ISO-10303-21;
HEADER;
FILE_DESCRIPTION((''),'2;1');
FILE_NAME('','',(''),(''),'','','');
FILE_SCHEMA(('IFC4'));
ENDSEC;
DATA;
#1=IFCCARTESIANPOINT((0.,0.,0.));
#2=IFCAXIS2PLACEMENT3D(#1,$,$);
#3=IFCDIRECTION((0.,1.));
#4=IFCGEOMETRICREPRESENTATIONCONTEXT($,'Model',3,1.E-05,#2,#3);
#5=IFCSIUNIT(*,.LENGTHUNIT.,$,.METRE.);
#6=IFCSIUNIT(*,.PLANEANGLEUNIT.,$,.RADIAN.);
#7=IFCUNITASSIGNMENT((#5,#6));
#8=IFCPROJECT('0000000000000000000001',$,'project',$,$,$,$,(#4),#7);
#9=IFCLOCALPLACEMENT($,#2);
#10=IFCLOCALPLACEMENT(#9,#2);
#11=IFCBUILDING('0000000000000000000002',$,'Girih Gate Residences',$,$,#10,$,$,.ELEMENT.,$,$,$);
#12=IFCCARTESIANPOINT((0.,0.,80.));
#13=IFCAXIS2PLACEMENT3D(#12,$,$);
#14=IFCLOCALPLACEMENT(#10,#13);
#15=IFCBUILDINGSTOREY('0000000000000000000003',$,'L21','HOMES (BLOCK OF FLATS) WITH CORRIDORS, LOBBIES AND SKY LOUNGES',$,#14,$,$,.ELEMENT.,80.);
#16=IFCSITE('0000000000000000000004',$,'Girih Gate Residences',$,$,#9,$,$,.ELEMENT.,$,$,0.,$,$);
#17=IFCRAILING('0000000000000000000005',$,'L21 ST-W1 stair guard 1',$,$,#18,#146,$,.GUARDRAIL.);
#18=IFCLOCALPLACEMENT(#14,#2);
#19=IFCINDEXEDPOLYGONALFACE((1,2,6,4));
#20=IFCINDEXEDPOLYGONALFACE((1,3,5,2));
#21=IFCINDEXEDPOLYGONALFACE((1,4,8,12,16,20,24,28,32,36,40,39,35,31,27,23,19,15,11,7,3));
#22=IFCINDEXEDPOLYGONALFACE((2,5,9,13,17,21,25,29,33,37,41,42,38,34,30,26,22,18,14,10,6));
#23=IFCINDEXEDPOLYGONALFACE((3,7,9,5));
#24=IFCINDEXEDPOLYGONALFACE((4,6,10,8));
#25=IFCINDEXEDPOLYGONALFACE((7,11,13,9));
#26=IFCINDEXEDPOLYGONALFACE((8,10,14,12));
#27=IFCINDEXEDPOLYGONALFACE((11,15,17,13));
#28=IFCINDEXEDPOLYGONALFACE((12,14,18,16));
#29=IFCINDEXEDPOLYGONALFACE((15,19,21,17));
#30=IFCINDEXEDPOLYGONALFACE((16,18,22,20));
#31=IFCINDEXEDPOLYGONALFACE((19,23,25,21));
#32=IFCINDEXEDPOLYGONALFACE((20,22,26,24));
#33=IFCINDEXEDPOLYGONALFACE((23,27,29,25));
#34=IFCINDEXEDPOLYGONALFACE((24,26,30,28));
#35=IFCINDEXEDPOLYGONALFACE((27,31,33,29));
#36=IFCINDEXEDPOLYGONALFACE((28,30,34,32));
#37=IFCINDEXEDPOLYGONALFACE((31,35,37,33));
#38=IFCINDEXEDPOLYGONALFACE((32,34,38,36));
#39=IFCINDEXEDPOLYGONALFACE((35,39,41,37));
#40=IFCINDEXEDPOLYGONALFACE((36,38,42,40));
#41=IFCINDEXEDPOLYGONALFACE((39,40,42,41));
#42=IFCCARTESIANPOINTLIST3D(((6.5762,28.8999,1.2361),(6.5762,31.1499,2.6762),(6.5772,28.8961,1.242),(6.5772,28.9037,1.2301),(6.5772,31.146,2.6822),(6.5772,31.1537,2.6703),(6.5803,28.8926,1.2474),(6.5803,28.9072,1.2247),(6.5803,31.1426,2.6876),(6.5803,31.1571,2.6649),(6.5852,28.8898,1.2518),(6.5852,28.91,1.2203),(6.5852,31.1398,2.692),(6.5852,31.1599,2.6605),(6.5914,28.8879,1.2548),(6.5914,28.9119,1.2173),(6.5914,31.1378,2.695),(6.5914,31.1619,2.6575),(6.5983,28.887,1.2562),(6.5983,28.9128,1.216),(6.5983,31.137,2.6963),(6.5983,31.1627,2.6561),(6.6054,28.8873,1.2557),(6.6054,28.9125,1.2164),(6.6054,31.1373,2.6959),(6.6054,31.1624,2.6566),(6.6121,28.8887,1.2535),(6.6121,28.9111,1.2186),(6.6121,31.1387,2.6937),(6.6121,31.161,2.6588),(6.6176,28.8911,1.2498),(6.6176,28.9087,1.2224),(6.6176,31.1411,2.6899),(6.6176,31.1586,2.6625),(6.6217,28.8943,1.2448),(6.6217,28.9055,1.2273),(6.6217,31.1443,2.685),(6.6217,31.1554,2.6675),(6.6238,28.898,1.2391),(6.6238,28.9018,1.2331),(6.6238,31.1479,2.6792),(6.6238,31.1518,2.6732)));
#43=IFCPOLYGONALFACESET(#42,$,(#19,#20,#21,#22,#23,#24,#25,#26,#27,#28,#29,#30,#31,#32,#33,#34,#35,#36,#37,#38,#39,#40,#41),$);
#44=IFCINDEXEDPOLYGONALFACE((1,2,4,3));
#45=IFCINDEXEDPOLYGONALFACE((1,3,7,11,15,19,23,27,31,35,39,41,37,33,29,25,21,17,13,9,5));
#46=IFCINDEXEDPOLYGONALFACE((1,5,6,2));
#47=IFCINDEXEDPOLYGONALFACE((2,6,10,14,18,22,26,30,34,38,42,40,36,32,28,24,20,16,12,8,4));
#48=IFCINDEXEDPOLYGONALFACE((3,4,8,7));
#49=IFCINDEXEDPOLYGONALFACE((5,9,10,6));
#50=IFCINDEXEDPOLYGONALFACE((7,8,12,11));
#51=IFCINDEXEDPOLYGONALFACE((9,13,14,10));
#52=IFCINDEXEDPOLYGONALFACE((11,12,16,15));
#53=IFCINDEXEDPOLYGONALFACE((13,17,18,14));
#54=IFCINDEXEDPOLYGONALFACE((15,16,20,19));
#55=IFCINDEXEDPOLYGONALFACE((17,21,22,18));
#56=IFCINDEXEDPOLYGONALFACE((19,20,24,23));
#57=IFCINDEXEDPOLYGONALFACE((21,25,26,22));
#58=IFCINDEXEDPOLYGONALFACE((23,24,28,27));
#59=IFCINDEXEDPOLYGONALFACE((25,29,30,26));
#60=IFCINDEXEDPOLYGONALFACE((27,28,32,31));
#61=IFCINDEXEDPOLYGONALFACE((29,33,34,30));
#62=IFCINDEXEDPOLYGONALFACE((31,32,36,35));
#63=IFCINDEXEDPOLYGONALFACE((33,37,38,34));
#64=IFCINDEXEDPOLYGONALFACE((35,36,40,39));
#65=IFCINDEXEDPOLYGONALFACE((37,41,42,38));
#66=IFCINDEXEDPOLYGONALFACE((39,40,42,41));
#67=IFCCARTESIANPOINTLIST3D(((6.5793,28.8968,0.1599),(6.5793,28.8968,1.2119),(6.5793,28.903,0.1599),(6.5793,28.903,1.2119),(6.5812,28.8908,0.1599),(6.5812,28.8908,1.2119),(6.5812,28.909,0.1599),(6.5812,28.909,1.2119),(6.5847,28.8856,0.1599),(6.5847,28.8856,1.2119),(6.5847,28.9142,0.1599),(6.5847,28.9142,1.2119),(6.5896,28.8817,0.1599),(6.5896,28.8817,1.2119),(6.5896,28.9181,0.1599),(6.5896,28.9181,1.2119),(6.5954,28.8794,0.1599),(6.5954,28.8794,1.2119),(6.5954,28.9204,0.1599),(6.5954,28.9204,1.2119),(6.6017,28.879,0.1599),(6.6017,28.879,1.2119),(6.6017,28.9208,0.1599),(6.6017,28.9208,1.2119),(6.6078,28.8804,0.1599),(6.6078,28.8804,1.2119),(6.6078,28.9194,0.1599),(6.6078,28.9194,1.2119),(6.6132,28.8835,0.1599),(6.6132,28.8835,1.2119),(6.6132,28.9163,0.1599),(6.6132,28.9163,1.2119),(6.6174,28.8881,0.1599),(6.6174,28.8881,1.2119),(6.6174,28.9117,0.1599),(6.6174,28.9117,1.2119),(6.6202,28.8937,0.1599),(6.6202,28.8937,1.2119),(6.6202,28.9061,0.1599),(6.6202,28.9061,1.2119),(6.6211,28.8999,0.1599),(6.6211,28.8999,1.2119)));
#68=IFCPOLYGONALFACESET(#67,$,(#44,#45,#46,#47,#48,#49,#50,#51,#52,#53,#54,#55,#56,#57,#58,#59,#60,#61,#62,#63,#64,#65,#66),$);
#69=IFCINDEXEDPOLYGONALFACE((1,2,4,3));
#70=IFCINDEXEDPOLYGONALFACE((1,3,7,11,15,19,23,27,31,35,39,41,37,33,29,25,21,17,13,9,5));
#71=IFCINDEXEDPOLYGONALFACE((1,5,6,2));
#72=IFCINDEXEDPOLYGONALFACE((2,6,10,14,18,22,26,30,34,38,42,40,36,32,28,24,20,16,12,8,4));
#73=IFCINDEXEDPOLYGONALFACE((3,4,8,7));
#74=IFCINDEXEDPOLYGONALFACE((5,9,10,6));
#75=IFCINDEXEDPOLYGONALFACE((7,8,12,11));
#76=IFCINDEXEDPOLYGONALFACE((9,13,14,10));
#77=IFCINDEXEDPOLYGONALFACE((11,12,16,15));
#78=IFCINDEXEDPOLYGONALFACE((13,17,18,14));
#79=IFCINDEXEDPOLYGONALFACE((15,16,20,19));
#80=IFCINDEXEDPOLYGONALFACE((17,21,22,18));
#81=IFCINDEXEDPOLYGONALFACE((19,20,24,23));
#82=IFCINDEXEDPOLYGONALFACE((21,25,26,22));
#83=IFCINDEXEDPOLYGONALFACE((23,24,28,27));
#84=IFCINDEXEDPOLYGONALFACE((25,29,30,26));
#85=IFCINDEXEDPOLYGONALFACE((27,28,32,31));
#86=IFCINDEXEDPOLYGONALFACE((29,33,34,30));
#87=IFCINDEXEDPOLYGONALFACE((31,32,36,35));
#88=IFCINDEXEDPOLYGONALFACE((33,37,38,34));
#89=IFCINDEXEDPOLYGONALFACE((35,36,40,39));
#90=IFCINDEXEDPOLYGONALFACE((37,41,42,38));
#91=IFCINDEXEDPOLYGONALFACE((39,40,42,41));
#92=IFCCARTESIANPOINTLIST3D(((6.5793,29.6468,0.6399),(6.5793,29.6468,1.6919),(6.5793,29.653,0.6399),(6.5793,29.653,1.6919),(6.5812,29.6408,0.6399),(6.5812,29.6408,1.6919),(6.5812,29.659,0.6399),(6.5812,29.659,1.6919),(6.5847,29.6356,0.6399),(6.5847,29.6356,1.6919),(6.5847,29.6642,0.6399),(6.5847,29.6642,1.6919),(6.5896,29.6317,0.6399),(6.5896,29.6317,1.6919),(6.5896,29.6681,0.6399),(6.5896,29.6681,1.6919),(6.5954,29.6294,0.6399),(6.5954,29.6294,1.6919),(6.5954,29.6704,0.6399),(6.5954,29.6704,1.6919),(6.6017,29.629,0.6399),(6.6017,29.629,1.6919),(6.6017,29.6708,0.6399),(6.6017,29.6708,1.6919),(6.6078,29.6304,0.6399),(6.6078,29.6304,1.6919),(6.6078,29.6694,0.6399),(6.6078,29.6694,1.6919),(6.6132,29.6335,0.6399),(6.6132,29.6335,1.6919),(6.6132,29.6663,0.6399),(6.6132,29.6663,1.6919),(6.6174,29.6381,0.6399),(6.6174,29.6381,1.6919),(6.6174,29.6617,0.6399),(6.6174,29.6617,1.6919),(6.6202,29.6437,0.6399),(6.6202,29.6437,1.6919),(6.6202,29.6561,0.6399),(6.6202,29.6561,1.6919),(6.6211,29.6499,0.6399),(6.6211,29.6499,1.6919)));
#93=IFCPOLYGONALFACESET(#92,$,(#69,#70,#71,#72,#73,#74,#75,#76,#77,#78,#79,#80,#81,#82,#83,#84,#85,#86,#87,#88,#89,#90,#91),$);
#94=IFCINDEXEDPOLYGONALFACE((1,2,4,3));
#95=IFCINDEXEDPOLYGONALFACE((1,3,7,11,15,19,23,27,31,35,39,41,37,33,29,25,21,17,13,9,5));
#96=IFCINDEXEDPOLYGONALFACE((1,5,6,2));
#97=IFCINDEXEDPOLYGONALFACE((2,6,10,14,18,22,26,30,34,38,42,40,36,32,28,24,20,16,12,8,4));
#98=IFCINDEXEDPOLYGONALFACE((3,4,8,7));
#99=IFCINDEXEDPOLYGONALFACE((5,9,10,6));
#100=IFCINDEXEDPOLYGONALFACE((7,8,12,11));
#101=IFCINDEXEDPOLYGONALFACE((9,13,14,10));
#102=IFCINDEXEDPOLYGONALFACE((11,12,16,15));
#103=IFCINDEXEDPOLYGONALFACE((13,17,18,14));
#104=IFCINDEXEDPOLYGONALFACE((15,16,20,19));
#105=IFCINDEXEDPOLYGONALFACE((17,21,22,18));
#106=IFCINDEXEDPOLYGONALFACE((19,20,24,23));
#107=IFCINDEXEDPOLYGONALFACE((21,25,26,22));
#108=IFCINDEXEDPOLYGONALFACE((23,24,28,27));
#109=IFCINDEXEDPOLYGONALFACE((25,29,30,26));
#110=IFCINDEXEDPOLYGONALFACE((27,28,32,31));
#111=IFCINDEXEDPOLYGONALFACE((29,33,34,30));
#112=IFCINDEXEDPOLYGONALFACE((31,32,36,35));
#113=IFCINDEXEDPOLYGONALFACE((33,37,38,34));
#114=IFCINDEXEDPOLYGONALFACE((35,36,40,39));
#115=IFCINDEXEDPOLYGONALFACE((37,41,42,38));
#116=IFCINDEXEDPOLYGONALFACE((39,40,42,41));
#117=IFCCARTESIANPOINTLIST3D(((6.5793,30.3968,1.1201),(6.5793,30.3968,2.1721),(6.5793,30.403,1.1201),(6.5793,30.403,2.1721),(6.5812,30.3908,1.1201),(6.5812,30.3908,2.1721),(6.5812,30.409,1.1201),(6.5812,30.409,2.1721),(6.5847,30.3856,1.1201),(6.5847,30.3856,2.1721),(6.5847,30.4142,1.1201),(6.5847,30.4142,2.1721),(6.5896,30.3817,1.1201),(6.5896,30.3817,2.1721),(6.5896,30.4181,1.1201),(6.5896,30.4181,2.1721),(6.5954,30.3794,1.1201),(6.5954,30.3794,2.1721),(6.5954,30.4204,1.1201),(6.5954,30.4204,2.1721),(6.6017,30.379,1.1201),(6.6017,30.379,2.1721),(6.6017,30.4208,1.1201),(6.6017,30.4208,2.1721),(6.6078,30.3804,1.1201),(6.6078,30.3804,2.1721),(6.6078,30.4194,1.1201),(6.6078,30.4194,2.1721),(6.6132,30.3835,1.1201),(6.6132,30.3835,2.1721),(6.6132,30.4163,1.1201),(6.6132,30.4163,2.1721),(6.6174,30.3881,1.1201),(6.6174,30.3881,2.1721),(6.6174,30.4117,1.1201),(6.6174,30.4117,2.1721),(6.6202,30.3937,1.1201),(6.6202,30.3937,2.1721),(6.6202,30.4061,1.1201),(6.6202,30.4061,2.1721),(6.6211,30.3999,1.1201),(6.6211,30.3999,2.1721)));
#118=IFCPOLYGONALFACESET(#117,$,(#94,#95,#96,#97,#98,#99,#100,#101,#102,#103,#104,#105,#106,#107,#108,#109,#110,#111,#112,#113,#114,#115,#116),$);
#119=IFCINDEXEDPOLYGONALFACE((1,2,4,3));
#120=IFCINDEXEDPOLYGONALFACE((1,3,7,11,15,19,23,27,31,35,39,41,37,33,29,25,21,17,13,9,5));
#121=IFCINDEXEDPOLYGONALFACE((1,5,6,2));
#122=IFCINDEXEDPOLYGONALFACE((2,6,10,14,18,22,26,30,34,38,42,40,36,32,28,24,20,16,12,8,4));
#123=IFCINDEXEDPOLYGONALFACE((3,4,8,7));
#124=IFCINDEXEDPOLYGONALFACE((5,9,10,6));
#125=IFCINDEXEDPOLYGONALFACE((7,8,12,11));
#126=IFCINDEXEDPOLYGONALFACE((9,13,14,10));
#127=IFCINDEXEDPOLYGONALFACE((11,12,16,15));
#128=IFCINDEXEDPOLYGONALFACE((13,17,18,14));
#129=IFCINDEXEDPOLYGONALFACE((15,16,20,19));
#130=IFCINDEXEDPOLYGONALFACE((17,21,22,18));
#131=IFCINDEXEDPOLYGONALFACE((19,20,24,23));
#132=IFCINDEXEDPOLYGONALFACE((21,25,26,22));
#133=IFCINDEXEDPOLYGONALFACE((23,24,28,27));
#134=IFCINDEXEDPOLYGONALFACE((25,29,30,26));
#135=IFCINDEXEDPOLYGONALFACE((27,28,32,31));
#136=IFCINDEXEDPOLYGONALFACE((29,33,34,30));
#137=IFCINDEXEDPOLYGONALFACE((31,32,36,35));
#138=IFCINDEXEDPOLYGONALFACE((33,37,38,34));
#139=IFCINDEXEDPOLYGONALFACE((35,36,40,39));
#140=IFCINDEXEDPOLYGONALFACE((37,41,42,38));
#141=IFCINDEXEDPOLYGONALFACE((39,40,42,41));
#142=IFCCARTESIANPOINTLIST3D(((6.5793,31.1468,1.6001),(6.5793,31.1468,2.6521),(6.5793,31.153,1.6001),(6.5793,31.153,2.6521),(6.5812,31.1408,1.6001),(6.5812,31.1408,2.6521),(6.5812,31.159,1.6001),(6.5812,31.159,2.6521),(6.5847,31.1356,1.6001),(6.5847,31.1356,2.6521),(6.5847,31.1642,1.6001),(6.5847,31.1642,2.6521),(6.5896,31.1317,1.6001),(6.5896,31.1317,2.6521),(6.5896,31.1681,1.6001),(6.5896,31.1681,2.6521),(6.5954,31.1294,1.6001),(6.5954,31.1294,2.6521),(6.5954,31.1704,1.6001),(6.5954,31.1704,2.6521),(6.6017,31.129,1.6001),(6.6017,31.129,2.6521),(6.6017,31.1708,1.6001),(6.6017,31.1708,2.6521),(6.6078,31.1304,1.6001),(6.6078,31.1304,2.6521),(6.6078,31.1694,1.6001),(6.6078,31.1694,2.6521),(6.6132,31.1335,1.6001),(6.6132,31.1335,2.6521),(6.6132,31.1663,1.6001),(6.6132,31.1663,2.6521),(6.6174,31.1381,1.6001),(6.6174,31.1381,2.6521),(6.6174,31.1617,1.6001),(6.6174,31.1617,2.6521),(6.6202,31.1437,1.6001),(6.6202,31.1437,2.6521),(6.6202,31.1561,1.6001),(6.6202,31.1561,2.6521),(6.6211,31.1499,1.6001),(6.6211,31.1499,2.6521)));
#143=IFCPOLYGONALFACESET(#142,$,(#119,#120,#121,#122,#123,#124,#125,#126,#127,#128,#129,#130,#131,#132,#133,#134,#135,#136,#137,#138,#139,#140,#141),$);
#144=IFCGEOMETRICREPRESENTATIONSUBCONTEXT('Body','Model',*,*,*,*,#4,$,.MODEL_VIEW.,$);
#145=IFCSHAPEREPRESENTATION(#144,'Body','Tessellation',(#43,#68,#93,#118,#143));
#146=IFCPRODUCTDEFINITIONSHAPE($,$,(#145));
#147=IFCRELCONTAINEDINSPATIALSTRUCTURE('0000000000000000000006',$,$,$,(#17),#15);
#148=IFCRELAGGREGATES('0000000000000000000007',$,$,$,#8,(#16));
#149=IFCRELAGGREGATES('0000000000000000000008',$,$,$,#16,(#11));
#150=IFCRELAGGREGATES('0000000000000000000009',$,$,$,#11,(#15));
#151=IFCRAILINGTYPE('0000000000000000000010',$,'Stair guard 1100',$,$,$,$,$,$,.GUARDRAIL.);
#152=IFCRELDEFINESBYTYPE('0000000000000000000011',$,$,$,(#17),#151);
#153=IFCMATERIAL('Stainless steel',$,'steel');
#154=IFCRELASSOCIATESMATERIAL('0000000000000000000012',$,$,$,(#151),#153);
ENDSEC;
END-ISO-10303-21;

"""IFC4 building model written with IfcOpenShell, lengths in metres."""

from ifc_helpers import new_model, si_unit, direction, frame, origin, origin_2d, place, context, subcontext, project, spatial, circle, extrude, material, type_object, element, save


model = new_model("IFC4")

# Units and contexts
model_context = context("Model", 3, precision=1e-05, world=origin(), true_north=direction((0.0, 1.0)))
body_context = subcontext(model_context, "Body", "Model", "MODEL_VIEW")
ifc_project = project(units=[si_unit("LENGTHUNIT", "METRE"), si_unit("PLANEANGLEUNIT", "RADIAN")], contexts=[model_context])

# Site, building, storey
site_placement = place(None, origin())
site = spatial("IfcSite", under=ifc_project, at=site_placement, Name="Girih Gate Residences", CompositionType="ELEMENT", RefElevation=0.0)
building_placement = place(site_placement, origin())
building = spatial("IfcBuilding", under=site, at=building_placement, Name="Girih Gate Residences", CompositionType="ELEMENT")
storey_placement = place(building_placement, frame((0.0, 0.0, 80.0)))
storey = spatial("IfcBuildingStorey", under=building, at=storey_placement, Name="L21", Description="HOMES (BLOCK OF FLATS) WITH CORRIDORS, LOBBIES AND SKY LOUNGES", CompositionType="ELEMENT", Elevation=80.0)

# Railing
ifc_material_1 = material(Name="Stainless steel", Category="steel")
railing_type_1 = type_object("IfcRailingType", Name="Stair guard 1100", PredefinedType="GUARDRAIL", material=ifc_material_1)
railing_1_placement = place(storey_placement, frame((6.6001, 28.8999, 0.1599)))
element("IfcRailing", 1, at=railing_1_placement, inside=storey, type_object=railing_type_1, Name="L21 ST-W1 stair guard 1", PredefinedType="GUARDRAIL", context=body_context, shape_type="SweptSolid", body=[
    extrude(circle(Radius=0.0239, at=origin_2d()), frame((0.0, 0.0, 1.0762), z_axis=(0.0, 0.84224, 0.539103), x_axis=(-1.0, 0.0, 0.0)), (0.0, 0.0, 1.0), 2.6714),
    extrude(circle(Radius=0.021, at=origin_2d()), origin(), (0.0, 0.0, 1.0), 1.052),
    extrude(circle(Radius=0.021, at=origin_2d()), frame((0.0, 0.75, 0.48)), (0.0, 0.0, 1.0), 1.052),
    extrude(circle(Radius=0.021, at=origin_2d()), frame((0.0, 1.5, 0.9602)), (0.0, 0.0, 1.0), 1.052),
    extrude(circle(Radius=0.021, at=origin_2d()), frame((0.0, 2.25, 1.4402)), (0.0, 0.0, 1.0), 1.052),
])

save(model, "model.ifc")
